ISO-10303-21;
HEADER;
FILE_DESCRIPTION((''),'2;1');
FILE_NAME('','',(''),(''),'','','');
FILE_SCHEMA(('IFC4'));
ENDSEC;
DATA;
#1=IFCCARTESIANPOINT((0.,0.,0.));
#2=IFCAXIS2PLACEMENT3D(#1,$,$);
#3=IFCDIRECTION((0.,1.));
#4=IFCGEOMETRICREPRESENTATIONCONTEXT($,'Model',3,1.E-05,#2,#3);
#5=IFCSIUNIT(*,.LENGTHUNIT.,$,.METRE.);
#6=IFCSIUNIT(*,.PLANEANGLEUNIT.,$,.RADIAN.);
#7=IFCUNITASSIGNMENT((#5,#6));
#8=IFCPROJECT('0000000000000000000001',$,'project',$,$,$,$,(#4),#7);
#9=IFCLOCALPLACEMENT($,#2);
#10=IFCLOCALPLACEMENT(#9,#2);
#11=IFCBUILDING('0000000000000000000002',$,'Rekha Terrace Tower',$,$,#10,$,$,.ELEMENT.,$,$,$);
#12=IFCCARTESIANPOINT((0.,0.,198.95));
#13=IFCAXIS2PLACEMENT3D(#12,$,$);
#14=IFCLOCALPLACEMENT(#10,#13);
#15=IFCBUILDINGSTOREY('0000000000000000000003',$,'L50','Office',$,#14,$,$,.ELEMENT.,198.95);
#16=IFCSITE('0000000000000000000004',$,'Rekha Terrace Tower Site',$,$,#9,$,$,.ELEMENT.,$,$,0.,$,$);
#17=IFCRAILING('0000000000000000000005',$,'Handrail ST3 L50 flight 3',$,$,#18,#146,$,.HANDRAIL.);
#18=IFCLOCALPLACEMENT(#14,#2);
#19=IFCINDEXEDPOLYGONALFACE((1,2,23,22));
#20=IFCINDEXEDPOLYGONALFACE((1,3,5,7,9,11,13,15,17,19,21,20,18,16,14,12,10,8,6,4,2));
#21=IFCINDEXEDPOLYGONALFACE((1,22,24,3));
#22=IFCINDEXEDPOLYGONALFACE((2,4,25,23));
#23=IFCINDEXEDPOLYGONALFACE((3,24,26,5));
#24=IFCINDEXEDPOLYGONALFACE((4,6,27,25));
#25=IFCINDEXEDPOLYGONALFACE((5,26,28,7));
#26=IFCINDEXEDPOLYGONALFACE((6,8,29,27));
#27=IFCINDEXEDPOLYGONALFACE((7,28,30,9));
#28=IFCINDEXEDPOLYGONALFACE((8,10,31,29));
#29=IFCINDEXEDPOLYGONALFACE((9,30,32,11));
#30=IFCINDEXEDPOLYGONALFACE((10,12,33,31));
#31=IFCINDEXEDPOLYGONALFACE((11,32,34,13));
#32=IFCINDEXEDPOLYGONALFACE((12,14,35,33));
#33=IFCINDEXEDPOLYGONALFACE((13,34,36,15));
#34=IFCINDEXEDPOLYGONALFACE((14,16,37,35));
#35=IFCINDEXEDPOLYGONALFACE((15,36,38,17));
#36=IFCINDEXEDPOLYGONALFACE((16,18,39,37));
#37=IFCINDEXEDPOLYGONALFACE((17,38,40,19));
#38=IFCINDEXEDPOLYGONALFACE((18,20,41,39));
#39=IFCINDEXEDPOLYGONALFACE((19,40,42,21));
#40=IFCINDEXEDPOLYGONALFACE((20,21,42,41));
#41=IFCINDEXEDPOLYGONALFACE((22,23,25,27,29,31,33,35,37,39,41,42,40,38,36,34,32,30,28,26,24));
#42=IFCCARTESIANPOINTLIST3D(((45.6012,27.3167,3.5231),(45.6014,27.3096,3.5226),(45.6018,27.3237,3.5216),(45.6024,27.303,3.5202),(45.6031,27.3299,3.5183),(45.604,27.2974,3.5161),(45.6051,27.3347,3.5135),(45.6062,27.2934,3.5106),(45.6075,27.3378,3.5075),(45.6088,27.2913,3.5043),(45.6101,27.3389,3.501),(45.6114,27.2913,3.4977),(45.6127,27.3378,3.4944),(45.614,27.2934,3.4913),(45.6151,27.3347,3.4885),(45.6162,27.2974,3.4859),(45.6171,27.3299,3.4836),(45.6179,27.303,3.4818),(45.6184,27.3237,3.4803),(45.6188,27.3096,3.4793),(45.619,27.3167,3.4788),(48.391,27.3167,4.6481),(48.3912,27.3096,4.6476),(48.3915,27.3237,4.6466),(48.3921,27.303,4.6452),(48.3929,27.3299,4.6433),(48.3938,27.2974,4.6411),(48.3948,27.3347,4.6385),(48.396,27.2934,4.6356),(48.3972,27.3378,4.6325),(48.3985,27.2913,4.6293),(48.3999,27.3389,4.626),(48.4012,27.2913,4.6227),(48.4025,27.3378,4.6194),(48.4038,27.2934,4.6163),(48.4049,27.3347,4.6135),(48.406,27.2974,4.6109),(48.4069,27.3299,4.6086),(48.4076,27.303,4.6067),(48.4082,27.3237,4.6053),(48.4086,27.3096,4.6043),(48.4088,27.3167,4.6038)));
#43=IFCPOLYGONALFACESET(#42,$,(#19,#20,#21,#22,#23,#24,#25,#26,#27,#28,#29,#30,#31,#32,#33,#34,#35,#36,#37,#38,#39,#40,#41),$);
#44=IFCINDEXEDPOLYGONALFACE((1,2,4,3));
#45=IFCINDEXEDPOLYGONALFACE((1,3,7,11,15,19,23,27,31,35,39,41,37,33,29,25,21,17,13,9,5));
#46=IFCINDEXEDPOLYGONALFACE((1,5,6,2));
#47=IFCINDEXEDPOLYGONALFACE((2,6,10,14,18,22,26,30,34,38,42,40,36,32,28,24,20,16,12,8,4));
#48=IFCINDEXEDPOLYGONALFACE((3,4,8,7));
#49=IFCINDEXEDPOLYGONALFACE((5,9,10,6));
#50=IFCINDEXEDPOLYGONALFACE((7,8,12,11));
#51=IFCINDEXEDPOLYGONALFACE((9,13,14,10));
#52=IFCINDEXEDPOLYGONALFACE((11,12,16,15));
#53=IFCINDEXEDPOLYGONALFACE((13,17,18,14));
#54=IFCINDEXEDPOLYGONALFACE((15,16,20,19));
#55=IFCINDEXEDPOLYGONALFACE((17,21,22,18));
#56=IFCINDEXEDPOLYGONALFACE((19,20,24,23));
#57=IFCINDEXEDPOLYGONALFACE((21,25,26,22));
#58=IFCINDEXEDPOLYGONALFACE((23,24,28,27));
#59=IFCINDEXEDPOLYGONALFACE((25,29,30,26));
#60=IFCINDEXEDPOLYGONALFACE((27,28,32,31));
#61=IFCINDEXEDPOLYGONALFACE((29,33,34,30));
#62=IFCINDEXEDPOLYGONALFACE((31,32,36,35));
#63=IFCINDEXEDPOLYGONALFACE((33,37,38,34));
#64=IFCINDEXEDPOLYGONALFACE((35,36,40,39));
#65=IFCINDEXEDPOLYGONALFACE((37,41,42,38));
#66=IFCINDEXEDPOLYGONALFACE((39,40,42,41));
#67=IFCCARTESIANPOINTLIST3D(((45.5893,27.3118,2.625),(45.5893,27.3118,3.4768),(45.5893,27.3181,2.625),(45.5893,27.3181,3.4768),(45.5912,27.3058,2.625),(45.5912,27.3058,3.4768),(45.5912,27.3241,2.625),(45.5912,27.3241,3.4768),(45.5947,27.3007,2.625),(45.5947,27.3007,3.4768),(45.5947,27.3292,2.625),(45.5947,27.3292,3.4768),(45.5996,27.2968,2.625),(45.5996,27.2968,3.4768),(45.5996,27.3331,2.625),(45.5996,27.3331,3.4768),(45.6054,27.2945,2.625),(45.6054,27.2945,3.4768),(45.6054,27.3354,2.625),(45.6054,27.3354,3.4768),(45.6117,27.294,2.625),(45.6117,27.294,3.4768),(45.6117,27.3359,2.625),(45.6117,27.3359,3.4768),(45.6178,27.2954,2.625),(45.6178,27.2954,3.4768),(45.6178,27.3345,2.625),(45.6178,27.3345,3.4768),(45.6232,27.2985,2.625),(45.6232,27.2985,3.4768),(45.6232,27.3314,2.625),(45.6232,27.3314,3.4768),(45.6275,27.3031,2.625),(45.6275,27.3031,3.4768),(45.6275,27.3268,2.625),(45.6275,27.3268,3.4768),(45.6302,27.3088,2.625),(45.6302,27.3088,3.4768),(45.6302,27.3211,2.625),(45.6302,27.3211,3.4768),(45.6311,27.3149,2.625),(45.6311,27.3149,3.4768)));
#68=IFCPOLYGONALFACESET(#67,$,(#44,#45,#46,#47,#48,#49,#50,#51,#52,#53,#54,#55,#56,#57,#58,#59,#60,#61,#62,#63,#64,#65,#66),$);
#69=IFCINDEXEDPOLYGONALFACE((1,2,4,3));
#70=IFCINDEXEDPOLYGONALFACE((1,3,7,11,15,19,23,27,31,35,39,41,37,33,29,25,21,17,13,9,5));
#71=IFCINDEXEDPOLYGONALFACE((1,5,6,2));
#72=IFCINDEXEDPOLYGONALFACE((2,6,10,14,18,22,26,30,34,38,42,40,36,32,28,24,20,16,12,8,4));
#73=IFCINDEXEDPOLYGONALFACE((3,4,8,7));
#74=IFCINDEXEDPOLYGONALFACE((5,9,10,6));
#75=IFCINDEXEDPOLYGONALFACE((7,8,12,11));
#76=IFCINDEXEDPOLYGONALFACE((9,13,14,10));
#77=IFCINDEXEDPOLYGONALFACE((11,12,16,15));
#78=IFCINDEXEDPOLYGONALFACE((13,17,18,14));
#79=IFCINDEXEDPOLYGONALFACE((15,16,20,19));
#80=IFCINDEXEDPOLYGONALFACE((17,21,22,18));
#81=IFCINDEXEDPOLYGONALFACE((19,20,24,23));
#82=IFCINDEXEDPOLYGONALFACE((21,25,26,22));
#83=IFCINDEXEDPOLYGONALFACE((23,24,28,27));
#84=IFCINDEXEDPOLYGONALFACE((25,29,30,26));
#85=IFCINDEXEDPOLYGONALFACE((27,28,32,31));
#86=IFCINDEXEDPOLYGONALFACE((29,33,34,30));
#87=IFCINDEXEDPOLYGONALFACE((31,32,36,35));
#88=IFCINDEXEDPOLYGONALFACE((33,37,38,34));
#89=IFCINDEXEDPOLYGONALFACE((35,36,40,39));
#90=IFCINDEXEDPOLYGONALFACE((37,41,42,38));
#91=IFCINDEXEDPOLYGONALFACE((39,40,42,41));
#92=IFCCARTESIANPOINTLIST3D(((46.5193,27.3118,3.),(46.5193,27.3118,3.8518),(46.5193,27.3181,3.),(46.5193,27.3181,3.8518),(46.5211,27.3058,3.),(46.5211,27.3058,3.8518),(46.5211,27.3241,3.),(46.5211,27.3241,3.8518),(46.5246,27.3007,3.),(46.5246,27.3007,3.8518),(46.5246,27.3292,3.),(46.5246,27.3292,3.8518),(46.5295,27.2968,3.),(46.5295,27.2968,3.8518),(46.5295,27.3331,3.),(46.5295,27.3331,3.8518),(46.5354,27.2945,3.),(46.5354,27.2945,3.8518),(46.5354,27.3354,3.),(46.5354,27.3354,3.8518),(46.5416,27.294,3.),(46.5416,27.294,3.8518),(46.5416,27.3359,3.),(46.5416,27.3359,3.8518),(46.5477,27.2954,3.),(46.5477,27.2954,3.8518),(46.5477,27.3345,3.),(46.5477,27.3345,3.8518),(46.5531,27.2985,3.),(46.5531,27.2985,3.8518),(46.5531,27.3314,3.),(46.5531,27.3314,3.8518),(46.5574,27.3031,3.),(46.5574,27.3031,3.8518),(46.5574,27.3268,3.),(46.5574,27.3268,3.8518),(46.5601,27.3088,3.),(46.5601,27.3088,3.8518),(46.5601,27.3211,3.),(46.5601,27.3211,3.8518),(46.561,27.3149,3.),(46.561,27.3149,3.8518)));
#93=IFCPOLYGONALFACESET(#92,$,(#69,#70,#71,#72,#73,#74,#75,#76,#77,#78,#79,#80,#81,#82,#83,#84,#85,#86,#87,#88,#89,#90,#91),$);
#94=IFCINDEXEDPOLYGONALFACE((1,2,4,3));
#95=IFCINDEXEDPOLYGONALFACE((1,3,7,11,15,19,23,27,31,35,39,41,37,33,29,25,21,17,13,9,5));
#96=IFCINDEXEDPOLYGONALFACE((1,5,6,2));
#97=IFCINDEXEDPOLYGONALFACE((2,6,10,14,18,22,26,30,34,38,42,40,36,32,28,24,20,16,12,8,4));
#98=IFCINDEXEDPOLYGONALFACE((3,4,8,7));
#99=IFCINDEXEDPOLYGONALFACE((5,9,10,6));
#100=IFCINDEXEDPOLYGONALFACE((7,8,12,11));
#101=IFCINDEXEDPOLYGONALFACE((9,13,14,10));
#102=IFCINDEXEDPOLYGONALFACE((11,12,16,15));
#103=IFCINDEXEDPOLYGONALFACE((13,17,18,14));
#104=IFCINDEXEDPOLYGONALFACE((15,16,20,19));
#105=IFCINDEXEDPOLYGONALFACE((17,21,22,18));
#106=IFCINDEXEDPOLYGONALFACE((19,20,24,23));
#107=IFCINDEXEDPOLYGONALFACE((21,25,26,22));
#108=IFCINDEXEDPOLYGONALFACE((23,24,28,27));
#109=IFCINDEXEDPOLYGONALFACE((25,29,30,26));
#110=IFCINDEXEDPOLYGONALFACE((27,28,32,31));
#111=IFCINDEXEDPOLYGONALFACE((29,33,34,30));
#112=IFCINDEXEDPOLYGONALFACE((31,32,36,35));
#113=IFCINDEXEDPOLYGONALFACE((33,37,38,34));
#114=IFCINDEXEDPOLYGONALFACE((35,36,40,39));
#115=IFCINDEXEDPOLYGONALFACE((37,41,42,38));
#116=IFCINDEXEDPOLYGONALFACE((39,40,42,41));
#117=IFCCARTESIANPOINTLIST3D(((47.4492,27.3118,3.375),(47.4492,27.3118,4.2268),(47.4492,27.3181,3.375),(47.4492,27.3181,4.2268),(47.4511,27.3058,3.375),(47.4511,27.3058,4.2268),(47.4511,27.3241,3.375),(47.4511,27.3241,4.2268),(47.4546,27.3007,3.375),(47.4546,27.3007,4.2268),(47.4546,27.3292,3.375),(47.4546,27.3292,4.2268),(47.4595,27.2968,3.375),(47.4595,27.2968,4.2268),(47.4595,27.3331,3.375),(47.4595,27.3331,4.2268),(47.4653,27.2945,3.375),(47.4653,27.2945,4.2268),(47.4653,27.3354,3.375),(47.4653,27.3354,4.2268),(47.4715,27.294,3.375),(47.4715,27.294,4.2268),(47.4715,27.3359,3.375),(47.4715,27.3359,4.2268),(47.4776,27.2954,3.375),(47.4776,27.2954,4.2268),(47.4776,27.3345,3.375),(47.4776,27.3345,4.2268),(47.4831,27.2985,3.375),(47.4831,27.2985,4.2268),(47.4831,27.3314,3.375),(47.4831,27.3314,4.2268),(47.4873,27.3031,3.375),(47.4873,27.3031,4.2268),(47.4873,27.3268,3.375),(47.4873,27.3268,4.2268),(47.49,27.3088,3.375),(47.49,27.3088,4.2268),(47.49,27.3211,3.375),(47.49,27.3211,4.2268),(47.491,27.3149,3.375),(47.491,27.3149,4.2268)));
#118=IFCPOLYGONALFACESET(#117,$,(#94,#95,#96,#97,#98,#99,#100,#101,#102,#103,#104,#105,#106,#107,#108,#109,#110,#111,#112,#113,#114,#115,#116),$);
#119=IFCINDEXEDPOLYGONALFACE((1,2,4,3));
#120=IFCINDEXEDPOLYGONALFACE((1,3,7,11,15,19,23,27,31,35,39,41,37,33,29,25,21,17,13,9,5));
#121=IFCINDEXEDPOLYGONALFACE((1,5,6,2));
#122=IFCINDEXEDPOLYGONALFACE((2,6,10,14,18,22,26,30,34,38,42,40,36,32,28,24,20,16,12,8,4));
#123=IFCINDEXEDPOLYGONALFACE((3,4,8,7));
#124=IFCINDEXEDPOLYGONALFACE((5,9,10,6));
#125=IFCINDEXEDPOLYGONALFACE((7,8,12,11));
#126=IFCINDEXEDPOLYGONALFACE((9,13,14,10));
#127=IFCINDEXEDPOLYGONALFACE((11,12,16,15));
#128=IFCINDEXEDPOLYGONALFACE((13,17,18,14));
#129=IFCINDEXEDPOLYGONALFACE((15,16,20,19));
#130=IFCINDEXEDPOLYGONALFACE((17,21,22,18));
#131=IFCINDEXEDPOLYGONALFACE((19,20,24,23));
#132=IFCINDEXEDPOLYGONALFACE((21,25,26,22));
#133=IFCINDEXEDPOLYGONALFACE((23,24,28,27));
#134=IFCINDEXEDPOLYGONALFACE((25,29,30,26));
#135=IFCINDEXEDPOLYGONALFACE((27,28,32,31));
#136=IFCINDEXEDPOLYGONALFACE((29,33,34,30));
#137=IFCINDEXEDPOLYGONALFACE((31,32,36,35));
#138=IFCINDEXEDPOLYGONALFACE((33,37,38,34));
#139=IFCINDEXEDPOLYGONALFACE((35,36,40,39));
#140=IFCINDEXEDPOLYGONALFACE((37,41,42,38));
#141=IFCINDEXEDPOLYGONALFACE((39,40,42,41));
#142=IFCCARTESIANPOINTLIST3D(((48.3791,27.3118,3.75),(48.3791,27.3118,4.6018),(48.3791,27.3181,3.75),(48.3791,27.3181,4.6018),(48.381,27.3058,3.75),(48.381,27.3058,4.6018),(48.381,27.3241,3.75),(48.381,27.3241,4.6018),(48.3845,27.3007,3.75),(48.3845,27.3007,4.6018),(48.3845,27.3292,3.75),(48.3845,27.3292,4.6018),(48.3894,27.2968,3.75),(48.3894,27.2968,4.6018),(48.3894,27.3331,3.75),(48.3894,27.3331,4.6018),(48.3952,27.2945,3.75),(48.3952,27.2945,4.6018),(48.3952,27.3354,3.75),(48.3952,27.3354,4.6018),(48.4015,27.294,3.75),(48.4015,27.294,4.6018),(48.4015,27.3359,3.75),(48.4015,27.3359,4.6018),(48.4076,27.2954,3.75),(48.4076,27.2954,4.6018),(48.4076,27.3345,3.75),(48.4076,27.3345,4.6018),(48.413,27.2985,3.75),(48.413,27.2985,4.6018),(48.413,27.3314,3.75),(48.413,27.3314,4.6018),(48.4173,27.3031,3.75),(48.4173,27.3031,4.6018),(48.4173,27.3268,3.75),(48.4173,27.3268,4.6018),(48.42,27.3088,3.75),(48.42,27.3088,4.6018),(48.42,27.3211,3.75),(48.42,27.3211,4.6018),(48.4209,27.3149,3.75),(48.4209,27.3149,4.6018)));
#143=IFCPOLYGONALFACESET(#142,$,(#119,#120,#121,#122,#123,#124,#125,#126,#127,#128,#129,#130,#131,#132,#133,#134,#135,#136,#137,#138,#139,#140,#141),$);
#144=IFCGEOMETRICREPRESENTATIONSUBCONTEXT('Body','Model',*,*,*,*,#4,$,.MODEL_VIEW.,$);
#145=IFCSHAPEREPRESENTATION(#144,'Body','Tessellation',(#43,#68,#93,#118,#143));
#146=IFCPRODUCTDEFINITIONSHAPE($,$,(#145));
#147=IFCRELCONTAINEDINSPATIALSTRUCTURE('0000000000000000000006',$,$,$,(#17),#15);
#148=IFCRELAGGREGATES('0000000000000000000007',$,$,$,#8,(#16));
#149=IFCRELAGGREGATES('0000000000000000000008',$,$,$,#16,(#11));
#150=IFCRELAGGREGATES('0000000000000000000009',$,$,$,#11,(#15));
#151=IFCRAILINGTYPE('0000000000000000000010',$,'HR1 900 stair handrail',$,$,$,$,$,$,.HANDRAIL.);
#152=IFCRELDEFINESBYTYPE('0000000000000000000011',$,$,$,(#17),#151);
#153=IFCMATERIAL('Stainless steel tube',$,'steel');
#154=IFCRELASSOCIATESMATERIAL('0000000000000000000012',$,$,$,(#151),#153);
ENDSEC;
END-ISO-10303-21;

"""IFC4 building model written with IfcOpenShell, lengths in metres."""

from ifc_helpers import new_model, si_unit, direction, frame, origin, origin_2d, place, context, subcontext, project, spatial, circle, extrude, material, type_object, element, save


model = new_model("IFC4")

# Units and contexts
model_context = context("Model", 3, precision=1e-05, world=origin(), true_north=direction((0.0, 1.0)))
body_context = subcontext(model_context, "Body", "Model", "MODEL_VIEW")
ifc_project = project(units=[si_unit("LENGTHUNIT", "METRE"), si_unit("PLANEANGLEUNIT", "RADIAN")], contexts=[model_context])

# Site, building, storey
site_placement = place(None, origin())
site = spatial("IfcSite", under=ifc_project, at=site_placement, Name="Rekha Terrace Tower Site", CompositionType="ELEMENT", RefElevation=0.0)
building_placement = place(site_placement, origin())
building = spatial("IfcBuilding", under=site, at=building_placement, Name="Rekha Terrace Tower", CompositionType="ELEMENT")
storey_placement = place(building_placement, frame((0.0, 0.0, 198.95)))
storey = spatial("IfcBuildingStorey", under=building, at=storey_placement, Name="L50", Description="Office", CompositionType="ELEMENT", Elevation=198.95)

# Railing
ifc_material_1 = material(Name="Stainless steel tube", Category="steel")
railing_type_1 = type_object("IfcRailingType", Name="HR1 900 stair handrail", PredefinedType="HANDRAIL", material=ifc_material_1)
railing_1_placement = place(storey_placement, frame((45.6101, 27.3149, 2.625)))
element("IfcRailing", 1, at=railing_1_placement, inside=storey, type_object=railing_type_1, Name="Handrail ST3 L50 flight 3", PredefinedType="HANDRAIL", context=body_context, shape_type="SweptSolid", body=[
    extrude(circle(Radius=0.0239, at=origin_2d()), frame((0.0, 0.0, 0.876), z_axis=(0.927432, 0.0, 0.373992), x_axis=(0.0, 1.0, 0.0)), (0.0, 0.0, 1.0), 3.0081),
    extrude(circle(Radius=0.021, at=origin_2d()), origin(), (0.0, 0.0, 1.0), 0.8518),
    extrude(circle(Radius=0.021, at=origin_2d()), frame((0.9299, 0.0, 0.375)), (0.0, 0.0, 1.0), 0.8518),
    extrude(circle(Radius=0.021, at=origin_2d()), frame((1.8599, 0.0, 0.75)), (0.0, 0.0, 1.0), 0.8518),
    extrude(circle(Radius=0.021, at=origin_2d()), frame((2.7898, 0.0, 1.125)), (0.0, 0.0, 1.0), 0.8518),
])

save(model, "model.ifc")
